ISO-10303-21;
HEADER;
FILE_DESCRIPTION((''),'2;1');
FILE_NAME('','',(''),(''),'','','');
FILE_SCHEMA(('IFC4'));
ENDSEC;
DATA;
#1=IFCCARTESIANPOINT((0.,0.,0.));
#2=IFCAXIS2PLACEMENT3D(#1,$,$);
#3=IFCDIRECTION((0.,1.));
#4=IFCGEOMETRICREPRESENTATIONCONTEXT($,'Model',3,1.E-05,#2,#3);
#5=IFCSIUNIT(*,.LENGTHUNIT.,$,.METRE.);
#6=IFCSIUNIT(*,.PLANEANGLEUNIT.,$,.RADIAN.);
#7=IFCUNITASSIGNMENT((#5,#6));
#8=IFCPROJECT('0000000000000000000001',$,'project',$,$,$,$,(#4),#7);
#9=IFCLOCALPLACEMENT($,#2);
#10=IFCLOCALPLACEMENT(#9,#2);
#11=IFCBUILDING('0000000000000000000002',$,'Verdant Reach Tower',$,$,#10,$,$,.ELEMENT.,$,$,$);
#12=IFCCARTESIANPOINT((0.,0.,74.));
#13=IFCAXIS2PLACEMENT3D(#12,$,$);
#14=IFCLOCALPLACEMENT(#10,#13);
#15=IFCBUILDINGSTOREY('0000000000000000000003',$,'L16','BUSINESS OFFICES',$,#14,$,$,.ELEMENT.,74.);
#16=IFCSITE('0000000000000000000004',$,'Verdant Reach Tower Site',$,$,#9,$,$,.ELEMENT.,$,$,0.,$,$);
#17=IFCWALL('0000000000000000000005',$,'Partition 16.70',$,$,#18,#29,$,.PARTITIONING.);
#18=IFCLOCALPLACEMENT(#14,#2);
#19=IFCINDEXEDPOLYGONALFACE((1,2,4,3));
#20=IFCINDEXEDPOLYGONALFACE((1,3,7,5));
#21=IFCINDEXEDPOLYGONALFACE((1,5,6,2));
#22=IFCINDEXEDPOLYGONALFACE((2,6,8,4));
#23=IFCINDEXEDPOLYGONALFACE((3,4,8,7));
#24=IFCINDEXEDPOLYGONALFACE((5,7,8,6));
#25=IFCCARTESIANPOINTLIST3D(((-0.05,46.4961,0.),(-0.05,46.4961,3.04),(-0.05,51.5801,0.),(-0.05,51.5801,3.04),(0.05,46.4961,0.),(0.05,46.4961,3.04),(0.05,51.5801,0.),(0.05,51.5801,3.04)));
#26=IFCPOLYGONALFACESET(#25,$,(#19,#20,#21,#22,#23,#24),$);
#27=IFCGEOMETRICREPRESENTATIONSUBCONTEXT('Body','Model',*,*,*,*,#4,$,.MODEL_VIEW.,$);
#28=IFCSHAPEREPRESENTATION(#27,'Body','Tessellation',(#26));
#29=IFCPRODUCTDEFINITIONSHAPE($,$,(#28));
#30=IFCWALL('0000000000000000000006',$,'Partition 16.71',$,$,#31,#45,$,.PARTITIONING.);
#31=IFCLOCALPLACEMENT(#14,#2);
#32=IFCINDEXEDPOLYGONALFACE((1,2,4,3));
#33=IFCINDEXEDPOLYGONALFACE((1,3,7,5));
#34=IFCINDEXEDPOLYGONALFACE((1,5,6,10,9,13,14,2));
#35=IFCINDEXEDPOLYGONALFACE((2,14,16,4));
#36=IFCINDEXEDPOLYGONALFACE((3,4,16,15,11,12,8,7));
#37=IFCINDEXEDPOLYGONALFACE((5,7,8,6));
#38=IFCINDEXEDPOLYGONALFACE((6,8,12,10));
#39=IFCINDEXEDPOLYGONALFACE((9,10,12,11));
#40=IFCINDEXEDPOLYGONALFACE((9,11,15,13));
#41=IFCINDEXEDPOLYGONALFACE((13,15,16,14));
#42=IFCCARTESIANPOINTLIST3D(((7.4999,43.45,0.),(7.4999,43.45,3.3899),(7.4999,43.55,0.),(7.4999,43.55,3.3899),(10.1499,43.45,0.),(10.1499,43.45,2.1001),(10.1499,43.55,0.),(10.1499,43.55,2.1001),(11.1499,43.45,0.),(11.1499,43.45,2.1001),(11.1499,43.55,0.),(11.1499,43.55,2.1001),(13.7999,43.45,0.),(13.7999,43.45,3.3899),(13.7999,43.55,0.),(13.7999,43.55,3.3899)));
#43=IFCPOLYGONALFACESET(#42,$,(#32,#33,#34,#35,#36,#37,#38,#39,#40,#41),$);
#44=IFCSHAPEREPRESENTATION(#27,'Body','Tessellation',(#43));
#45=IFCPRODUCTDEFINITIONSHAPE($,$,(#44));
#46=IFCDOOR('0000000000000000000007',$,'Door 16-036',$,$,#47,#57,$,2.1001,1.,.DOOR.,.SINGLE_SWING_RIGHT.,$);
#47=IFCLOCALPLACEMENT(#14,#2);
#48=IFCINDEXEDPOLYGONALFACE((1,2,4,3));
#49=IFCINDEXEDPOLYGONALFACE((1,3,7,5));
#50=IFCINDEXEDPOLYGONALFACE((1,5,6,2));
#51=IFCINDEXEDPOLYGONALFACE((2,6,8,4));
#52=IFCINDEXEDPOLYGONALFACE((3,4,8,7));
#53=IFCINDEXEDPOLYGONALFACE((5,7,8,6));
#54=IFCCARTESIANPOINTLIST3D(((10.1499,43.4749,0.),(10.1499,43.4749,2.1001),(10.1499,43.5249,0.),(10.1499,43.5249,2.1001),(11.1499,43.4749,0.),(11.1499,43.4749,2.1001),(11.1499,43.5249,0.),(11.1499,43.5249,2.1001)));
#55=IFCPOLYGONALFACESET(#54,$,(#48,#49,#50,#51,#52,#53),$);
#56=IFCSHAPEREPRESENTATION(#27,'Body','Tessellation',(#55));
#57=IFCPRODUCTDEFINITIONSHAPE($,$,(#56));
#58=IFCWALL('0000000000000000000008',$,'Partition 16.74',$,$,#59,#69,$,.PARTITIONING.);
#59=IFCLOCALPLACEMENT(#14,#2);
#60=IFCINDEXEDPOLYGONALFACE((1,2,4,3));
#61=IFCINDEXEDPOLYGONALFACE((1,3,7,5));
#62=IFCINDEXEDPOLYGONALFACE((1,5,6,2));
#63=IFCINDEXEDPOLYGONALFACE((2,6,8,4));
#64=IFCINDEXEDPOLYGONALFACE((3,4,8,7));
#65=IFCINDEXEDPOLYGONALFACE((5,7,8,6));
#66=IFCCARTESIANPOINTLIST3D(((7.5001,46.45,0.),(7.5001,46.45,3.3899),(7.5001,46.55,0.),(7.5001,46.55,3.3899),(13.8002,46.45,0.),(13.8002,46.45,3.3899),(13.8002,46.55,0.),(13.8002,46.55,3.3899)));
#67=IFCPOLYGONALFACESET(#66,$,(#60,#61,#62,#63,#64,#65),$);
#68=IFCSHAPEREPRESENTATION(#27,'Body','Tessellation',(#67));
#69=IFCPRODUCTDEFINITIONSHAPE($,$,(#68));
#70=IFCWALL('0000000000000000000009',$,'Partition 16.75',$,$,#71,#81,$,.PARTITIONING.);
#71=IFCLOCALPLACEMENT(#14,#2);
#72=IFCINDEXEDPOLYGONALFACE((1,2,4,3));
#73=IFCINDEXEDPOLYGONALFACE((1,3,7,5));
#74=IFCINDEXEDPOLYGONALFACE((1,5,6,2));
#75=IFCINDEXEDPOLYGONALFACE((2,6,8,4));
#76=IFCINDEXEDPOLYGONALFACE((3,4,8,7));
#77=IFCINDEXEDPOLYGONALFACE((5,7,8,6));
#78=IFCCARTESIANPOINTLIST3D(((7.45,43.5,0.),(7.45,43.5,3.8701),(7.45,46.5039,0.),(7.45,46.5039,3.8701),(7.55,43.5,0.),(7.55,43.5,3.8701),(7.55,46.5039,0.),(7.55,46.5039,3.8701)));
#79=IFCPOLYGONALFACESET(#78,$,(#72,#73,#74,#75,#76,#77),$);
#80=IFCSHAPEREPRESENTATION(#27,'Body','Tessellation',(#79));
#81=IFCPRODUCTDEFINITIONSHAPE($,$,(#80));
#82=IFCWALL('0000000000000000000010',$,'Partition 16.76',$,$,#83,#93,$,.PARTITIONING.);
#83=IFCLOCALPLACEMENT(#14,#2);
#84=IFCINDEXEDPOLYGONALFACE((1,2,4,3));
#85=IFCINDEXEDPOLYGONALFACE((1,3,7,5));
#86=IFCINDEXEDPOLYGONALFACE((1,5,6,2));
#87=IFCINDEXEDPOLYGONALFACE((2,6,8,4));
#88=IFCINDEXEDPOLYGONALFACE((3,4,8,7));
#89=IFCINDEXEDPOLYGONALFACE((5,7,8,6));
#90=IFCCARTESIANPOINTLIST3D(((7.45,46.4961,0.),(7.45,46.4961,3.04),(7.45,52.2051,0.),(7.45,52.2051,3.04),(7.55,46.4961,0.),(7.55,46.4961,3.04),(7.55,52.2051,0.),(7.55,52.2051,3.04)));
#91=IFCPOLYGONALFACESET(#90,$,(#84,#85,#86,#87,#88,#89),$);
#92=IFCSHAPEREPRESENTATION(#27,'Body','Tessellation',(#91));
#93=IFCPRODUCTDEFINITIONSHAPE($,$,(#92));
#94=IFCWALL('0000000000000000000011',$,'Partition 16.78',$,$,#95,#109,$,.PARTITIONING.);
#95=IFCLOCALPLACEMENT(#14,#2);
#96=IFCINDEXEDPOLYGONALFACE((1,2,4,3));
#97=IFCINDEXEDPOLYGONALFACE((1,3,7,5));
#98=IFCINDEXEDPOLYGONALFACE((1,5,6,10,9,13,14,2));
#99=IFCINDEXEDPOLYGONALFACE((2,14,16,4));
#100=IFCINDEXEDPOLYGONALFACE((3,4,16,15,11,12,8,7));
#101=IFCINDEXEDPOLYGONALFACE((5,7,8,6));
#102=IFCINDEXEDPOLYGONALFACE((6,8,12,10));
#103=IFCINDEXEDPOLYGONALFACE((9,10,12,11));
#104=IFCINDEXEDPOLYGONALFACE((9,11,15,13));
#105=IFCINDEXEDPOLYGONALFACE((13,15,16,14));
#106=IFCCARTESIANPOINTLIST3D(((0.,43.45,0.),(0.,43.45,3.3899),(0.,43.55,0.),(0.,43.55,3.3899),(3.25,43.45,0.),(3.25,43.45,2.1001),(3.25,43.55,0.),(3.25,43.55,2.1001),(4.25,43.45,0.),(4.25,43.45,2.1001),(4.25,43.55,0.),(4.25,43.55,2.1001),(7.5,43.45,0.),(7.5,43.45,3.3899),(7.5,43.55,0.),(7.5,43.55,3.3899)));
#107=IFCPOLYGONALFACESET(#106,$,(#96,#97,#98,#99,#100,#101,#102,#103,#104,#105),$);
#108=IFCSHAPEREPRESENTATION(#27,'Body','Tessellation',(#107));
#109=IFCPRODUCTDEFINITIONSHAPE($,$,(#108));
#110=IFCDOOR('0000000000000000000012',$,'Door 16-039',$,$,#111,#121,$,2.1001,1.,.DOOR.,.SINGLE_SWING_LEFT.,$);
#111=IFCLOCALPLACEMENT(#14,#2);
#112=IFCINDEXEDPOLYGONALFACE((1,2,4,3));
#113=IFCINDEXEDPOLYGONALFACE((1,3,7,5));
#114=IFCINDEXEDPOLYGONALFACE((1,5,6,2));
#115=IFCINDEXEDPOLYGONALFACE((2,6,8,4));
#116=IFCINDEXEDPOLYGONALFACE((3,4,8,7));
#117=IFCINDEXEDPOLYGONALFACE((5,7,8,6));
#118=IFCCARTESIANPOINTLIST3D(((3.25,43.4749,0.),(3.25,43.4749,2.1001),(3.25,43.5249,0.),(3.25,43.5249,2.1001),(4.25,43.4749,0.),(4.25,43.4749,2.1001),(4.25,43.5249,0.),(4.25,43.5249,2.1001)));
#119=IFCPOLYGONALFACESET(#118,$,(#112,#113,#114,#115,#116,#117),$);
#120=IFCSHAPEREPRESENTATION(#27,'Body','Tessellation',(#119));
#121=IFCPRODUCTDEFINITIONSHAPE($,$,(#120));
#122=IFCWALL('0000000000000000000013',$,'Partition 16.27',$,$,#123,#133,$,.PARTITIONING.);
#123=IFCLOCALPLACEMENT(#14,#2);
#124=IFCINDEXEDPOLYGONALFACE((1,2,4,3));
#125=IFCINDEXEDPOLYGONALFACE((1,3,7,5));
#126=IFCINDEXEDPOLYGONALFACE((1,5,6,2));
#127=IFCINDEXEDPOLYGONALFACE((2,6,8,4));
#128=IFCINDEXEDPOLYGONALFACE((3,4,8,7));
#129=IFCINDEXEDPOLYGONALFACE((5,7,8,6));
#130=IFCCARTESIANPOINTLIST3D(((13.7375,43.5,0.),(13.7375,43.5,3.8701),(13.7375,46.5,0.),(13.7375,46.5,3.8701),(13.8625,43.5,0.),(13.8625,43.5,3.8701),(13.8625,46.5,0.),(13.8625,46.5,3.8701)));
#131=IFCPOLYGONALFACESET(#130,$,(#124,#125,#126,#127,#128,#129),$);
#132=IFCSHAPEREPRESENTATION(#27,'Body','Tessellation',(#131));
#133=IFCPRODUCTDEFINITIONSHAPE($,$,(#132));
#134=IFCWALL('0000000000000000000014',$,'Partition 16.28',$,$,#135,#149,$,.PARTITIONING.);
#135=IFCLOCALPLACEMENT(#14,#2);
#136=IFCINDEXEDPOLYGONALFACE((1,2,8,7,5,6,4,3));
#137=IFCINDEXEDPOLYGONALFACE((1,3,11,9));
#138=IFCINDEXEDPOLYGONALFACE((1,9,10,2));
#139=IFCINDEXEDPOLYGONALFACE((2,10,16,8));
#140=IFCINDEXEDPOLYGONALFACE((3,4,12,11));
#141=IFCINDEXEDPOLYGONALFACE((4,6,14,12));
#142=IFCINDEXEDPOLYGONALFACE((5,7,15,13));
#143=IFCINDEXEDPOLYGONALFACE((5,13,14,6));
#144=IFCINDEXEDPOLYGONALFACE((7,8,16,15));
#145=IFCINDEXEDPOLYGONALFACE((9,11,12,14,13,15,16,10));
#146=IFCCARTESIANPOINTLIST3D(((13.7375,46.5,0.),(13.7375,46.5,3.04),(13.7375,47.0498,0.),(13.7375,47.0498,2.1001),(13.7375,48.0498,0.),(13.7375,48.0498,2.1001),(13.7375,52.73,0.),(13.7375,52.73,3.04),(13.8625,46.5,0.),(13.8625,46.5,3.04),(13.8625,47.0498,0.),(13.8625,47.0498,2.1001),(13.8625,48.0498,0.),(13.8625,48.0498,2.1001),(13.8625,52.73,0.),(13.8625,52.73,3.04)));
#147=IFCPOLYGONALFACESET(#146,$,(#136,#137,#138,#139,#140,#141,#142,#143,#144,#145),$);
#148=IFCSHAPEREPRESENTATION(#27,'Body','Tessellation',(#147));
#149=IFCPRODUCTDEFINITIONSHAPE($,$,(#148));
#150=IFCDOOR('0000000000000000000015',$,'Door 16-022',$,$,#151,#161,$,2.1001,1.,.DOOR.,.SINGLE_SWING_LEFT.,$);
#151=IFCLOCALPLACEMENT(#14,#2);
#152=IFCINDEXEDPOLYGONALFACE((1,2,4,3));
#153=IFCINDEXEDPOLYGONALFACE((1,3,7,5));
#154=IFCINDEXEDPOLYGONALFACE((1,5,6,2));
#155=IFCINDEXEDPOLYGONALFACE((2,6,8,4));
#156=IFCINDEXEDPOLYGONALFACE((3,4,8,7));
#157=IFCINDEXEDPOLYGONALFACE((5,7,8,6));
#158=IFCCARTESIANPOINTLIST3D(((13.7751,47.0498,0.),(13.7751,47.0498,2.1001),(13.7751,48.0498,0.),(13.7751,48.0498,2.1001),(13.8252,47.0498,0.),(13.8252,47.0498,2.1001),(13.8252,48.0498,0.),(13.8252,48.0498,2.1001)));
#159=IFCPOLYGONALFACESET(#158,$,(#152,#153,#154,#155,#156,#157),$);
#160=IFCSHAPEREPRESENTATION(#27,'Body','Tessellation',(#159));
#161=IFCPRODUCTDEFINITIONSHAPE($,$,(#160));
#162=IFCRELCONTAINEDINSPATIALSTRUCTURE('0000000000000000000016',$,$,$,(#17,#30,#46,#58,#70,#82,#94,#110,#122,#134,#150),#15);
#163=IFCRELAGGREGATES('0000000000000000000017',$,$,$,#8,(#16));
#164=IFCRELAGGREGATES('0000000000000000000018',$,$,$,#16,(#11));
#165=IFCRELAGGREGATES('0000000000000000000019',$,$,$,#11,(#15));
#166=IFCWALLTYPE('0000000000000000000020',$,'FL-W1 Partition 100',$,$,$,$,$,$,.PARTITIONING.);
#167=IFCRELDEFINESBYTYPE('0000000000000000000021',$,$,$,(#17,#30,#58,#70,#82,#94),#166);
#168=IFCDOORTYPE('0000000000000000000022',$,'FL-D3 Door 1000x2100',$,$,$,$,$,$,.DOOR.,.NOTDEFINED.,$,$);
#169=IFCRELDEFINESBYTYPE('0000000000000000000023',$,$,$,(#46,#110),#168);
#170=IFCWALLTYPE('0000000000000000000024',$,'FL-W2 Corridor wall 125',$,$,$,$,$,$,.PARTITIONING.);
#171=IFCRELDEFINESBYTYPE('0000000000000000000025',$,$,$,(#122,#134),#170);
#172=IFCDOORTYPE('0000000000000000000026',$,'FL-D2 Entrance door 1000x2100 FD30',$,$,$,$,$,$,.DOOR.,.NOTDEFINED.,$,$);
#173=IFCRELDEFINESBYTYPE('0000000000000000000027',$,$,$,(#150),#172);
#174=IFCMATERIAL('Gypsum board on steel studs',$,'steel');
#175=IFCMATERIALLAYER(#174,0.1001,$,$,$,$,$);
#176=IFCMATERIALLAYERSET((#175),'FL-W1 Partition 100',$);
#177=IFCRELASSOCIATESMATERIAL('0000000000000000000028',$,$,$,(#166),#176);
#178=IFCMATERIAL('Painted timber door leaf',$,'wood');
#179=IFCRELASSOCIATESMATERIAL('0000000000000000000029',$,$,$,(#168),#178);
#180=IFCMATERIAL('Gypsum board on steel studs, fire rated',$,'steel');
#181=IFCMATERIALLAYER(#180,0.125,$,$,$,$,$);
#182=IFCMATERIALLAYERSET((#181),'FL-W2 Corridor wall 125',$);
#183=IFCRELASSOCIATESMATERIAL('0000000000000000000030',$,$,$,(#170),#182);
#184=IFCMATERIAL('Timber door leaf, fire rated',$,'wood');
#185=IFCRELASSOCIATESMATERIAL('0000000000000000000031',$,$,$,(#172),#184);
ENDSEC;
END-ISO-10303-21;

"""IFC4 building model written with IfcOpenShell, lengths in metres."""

from ifc_helpers import new_model, si_unit, direction, frame, frame_2d, origin, place, context, subcontext, project, spatial, rectangle, extrude, material, layer, layer_set, type_object, element, fill, save


model = new_model("IFC4")

# Units and contexts
model_context = context("Model", 3, precision=1e-05, world=origin(), true_north=direction((0.0, 1.0)))
body_context = subcontext(model_context, "Body", "Model", "MODEL_VIEW")
ifc_project = project(units=[si_unit("LENGTHUNIT", "METRE"), si_unit("PLANEANGLEUNIT", "RADIAN")], contexts=[model_context])

# Site, building, storey
site_placement = place(None, origin())
site = spatial("IfcSite", under=ifc_project, at=site_placement, Name="Verdant Reach Tower Site", CompositionType="ELEMENT", RefElevation=0.0)
building_placement = place(site_placement, origin())
building = spatial("IfcBuilding", under=site, at=building_placement, Name="Verdant Reach Tower", CompositionType="ELEMENT")
storey_placement = place(building_placement, frame((0.0, 0.0, 74.0)))
storey = spatial("IfcBuildingStorey", under=building, at=storey_placement, Name="L16", Description="BUSINESS OFFICES", CompositionType="ELEMENT", Elevation=74.0)

# Wall
ifc_material_1 = material(Name="Gypsum board on steel studs", Category="steel")
ifc_layer_1 = layer(ifc_material_1, 0.1001)
ifc_layer_set_1 = layer_set([ifc_layer_1], Name="FL-W1 Partition 100")
wall_type_1 = type_object("IfcWallType", Name="FL-W1 Partition 100", PredefinedType="PARTITIONING", material=ifc_layer_set_1)
wall_1_placement = place(storey_placement, frame((0.0, 46.4961, 0.0), z_axis=(0.0, 0.0, 1.0), x_axis=(0.0, 1.0, 0.0)))
element("IfcWall", 1, at=wall_1_placement, inside=storey, type_object=wall_type_1, Name="Partition 16.70", PredefinedType="PARTITIONING", context=body_context, shape_type="SweptSolid", body=[
    extrude(rectangle(XDim=5.084, YDim=0.1001, at=frame_2d((2.542, 0.0))), origin(), (0.0, 0.0, 1.0), 3.04),
])

# Wall, opening, door
wall_2_placement = place(storey_placement, frame((7.5, 43.5, 0.0), z_axis=(0.0, 0.0, 1.0), x_axis=(1.0, 0.0, 0.0)))
wall_2 = element("IfcWall", 2, at=wall_2_placement, inside=storey, type_object=wall_type_1, Name="Partition 16.71", PredefinedType="PARTITIONING", context=body_context, shape_type="SweptSolid", body=[
    extrude(rectangle(XDim=6.3, YDim=0.1001, at=frame_2d((3.1499, 0.0))), origin(), (0.0, 0.0, 1.0), 3.3899),
])
opening_1_placement = place(wall_2_placement, frame((2.6499, 0.0, 0.0)))
opening_1 = element("IfcOpeningElement", 3, at=opening_1_placement, cuts=wall_2, PredefinedType="OPENING", context=body_context, shape_type="SweptSolid", body=[
    extrude(rectangle(XDim=1.0, YDim=2.1001, at=frame_2d((0.5, 1.05))), frame((0.0, 0.0601, 0.0), z_axis=(0.0, -1.0, 0.0), x_axis=(1.0, 0.0, 0.0)), (0.0, 0.0, 1.0), 0.1201),
])
ifc_material_2 = material(Name="Painted timber door leaf", Category="wood")
door_type_1 = type_object("IfcDoorType", Name="FL-D3 Door 1000x2100", OperationType="NOTDEFINED", PredefinedType="DOOR", material=ifc_material_2)
door_1_placement = place(opening_1_placement, origin())
door_1 = element("IfcDoor", 4, at=door_1_placement, inside=storey, type_object=door_type_1, Name="Door 16-036", OperationType="SINGLE_SWING_RIGHT", OverallHeight=2.1001, OverallWidth=1.0, PredefinedType="DOOR", context=body_context, shape_type="SweptSolid", body=[
    extrude(rectangle(XDim=1.0, YDim=2.1001, at=frame_2d((0.5, 1.05))), frame((0.0, 0.0249, 0.0), z_axis=(0.0, -1.0, 0.0), x_axis=(1.0, 0.0, 0.0)), (0.0, 0.0, 1.0), 0.05),
])
fill(opening_1, door_1)

# Walls
wall_3_placement = place(storey_placement, frame((13.8, 46.5, 0.0), z_axis=(0.0, 0.0, 1.0), x_axis=(-1.0, 0.0, 0.0)))
element("IfcWall", 5, at=wall_3_placement, inside=storey, type_object=wall_type_1, Name="Partition 16.74", PredefinedType="PARTITIONING", context=body_context, shape_type="SweptSolid", body=[
    extrude(rectangle(XDim=6.3, YDim=0.1001, at=frame_2d((3.1499, 0.0))), origin(), (0.0, 0.0, 1.0), 3.3899),
])
wall_4_placement = place(storey_placement, frame((7.5, 46.5039, 0.0), z_axis=(0.0, 0.0, 1.0), x_axis=(0.0, -1.0, 0.0)))
element("IfcWall", 6, at=wall_4_placement, inside=storey, type_object=wall_type_1, Name="Partition 16.75", PredefinedType="PARTITIONING", context=body_context, shape_type="SweptSolid", body=[
    extrude(rectangle(XDim=3.0039, YDim=0.1001, at=frame_2d((1.502, 0.0))), origin(), (0.0, 0.0, 1.0), 3.8701),
])
wall_5_placement = place(storey_placement, frame((7.5, 52.2051, 0.0), z_axis=(0.0, 0.0, 1.0), x_axis=(0.0, -1.0, 0.0)))
element("IfcWall", 7, at=wall_5_placement, inside=storey, type_object=wall_type_1, Name="Partition 16.76", PredefinedType="PARTITIONING", context=body_context, shape_type="SweptSolid", body=[
    extrude(rectangle(XDim=5.709, YDim=0.1001, at=frame_2d((2.8545, 0.0))), origin(), (0.0, 0.0, 1.0), 3.04),
])

# Wall, opening, door
wall_6_placement = place(storey_placement, frame((0.0, 43.5, 0.0), z_axis=(0.0, 0.0, 1.0), x_axis=(1.0, 0.0, 0.0)))
wall_6 = element("IfcWall", 8, at=wall_6_placement, inside=storey, type_object=wall_type_1, Name="Partition 16.78", PredefinedType="PARTITIONING", context=body_context, shape_type="SweptSolid", body=[
    extrude(rectangle(XDim=7.5, YDim=0.1001, at=frame_2d((3.75, 0.0))), origin(), (0.0, 0.0, 1.0), 3.3899),
])
opening_2_placement = place(wall_6_placement, frame((3.25, 0.0, 0.0)))
opening_2 = element("IfcOpeningElement", 9, at=opening_2_placement, cuts=wall_6, PredefinedType="OPENING", context=body_context, shape_type="SweptSolid", body=[
    extrude(rectangle(XDim=1.0, YDim=2.1001, at=frame_2d((0.5, 1.05))), frame((0.0, 0.0601, 0.0), z_axis=(0.0, -1.0, 0.0), x_axis=(1.0, 0.0, 0.0)), (0.0, 0.0, 1.0), 0.1201),
])
door_2_placement = place(opening_2_placement, origin())
door_2 = element("IfcDoor", 10, at=door_2_placement, inside=storey, type_object=door_type_1, Name="Door 16-039", OperationType="SINGLE_SWING_LEFT", OverallHeight=2.1001, OverallWidth=1.0, PredefinedType="DOOR", context=body_context, shape_type="SweptSolid", body=[
    extrude(rectangle(XDim=1.0, YDim=2.1001, at=frame_2d((0.5, 1.05))), frame((0.0, 0.0249, 0.0), z_axis=(0.0, -1.0, 0.0), x_axis=(1.0, 0.0, 0.0)), (0.0, 0.0, 1.0), 0.05),
])
fill(opening_2, door_2)

# Wall
ifc_material_3 = material(Name="Gypsum board on steel studs, fire rated", Category="steel")
ifc_layer_2 = layer(ifc_material_3, 0.125)
ifc_layer_set_2 = layer_set([ifc_layer_2], Name="FL-W2 Corridor wall 125")
wall_type_2 = type_object("IfcWallType", Name="FL-W2 Corridor wall 125", PredefinedType="PARTITIONING", material=ifc_layer_set_2)
wall_7_placement = place(storey_placement, frame((13.8, 46.5, 0.0), z_axis=(0.0, 0.0, 1.0), x_axis=(0.0, -1.0, 0.0)))
element("IfcWall", 11, at=wall_7_placement, inside=storey, type_object=wall_type_2, Name="Partition 16.27", PredefinedType="PARTITIONING", context=body_context, shape_type="SweptSolid", body=[
    extrude(rectangle(XDim=3.0, YDim=0.125, at=frame_2d((1.5, 0.0))), origin(), (0.0, 0.0, 1.0), 3.8701),
])

# Wall, opening, door
wall_8_placement = place(storey_placement, frame((13.8, 46.5, 0.0), z_axis=(0.0, 0.0, 1.0), x_axis=(0.0, 1.0, 0.0)))
wall_8 = element("IfcWall", 12, at=wall_8_placement, inside=storey, type_object=wall_type_2, Name="Partition 16.28", PredefinedType="PARTITIONING", context=body_context, shape_type="SweptSolid", body=[
    extrude(rectangle(XDim=6.23, YDim=0.125, at=frame_2d((3.115, 0.0))), origin(), (0.0, 0.0, 1.0), 3.04),
])
opening_3_placement = place(wall_8_placement, frame((0.5498, 0.0, 0.0)))
opening_3 = element("IfcOpeningElement", 13, at=opening_3_placement, cuts=wall_8, PredefinedType="OPENING", context=body_context, shape_type="SweptSolid", body=[
    extrude(rectangle(XDim=1.0, YDim=2.1001, at=frame_2d((0.5, 1.05))), frame((0.0, 0.0725, 0.0), z_axis=(0.0, -1.0, 0.0), x_axis=(1.0, 0.0, 0.0)), (0.0, 0.0, 1.0), 0.145),
])
ifc_material_4 = material(Name="Timber door leaf, fire rated", Category="wood")
door_type_2 = type_object("IfcDoorType", Name="FL-D2 Entrance door 1000x2100 FD30", OperationType="NOTDEFINED", PredefinedType="DOOR", material=ifc_material_4)
door_3_placement = place(opening_3_placement, origin())
door_3 = element("IfcDoor", 14, at=door_3_placement, inside=storey, type_object=door_type_2, Name="Door 16-022", OperationType="SINGLE_SWING_LEFT", OverallHeight=2.1001, OverallWidth=1.0, PredefinedType="DOOR", context=body_context, shape_type="SweptSolid", body=[
    extrude(rectangle(XDim=1.0, YDim=2.1001, at=frame_2d((0.5, 1.05))), frame((0.0, 0.0249, 0.0), z_axis=(0.0, -1.0, 0.0), x_axis=(1.0, 0.0, 0.0)), (0.0, 0.0, 1.0), 0.05),
])
fill(opening_3, door_3)

save(model, "model.ifc")
